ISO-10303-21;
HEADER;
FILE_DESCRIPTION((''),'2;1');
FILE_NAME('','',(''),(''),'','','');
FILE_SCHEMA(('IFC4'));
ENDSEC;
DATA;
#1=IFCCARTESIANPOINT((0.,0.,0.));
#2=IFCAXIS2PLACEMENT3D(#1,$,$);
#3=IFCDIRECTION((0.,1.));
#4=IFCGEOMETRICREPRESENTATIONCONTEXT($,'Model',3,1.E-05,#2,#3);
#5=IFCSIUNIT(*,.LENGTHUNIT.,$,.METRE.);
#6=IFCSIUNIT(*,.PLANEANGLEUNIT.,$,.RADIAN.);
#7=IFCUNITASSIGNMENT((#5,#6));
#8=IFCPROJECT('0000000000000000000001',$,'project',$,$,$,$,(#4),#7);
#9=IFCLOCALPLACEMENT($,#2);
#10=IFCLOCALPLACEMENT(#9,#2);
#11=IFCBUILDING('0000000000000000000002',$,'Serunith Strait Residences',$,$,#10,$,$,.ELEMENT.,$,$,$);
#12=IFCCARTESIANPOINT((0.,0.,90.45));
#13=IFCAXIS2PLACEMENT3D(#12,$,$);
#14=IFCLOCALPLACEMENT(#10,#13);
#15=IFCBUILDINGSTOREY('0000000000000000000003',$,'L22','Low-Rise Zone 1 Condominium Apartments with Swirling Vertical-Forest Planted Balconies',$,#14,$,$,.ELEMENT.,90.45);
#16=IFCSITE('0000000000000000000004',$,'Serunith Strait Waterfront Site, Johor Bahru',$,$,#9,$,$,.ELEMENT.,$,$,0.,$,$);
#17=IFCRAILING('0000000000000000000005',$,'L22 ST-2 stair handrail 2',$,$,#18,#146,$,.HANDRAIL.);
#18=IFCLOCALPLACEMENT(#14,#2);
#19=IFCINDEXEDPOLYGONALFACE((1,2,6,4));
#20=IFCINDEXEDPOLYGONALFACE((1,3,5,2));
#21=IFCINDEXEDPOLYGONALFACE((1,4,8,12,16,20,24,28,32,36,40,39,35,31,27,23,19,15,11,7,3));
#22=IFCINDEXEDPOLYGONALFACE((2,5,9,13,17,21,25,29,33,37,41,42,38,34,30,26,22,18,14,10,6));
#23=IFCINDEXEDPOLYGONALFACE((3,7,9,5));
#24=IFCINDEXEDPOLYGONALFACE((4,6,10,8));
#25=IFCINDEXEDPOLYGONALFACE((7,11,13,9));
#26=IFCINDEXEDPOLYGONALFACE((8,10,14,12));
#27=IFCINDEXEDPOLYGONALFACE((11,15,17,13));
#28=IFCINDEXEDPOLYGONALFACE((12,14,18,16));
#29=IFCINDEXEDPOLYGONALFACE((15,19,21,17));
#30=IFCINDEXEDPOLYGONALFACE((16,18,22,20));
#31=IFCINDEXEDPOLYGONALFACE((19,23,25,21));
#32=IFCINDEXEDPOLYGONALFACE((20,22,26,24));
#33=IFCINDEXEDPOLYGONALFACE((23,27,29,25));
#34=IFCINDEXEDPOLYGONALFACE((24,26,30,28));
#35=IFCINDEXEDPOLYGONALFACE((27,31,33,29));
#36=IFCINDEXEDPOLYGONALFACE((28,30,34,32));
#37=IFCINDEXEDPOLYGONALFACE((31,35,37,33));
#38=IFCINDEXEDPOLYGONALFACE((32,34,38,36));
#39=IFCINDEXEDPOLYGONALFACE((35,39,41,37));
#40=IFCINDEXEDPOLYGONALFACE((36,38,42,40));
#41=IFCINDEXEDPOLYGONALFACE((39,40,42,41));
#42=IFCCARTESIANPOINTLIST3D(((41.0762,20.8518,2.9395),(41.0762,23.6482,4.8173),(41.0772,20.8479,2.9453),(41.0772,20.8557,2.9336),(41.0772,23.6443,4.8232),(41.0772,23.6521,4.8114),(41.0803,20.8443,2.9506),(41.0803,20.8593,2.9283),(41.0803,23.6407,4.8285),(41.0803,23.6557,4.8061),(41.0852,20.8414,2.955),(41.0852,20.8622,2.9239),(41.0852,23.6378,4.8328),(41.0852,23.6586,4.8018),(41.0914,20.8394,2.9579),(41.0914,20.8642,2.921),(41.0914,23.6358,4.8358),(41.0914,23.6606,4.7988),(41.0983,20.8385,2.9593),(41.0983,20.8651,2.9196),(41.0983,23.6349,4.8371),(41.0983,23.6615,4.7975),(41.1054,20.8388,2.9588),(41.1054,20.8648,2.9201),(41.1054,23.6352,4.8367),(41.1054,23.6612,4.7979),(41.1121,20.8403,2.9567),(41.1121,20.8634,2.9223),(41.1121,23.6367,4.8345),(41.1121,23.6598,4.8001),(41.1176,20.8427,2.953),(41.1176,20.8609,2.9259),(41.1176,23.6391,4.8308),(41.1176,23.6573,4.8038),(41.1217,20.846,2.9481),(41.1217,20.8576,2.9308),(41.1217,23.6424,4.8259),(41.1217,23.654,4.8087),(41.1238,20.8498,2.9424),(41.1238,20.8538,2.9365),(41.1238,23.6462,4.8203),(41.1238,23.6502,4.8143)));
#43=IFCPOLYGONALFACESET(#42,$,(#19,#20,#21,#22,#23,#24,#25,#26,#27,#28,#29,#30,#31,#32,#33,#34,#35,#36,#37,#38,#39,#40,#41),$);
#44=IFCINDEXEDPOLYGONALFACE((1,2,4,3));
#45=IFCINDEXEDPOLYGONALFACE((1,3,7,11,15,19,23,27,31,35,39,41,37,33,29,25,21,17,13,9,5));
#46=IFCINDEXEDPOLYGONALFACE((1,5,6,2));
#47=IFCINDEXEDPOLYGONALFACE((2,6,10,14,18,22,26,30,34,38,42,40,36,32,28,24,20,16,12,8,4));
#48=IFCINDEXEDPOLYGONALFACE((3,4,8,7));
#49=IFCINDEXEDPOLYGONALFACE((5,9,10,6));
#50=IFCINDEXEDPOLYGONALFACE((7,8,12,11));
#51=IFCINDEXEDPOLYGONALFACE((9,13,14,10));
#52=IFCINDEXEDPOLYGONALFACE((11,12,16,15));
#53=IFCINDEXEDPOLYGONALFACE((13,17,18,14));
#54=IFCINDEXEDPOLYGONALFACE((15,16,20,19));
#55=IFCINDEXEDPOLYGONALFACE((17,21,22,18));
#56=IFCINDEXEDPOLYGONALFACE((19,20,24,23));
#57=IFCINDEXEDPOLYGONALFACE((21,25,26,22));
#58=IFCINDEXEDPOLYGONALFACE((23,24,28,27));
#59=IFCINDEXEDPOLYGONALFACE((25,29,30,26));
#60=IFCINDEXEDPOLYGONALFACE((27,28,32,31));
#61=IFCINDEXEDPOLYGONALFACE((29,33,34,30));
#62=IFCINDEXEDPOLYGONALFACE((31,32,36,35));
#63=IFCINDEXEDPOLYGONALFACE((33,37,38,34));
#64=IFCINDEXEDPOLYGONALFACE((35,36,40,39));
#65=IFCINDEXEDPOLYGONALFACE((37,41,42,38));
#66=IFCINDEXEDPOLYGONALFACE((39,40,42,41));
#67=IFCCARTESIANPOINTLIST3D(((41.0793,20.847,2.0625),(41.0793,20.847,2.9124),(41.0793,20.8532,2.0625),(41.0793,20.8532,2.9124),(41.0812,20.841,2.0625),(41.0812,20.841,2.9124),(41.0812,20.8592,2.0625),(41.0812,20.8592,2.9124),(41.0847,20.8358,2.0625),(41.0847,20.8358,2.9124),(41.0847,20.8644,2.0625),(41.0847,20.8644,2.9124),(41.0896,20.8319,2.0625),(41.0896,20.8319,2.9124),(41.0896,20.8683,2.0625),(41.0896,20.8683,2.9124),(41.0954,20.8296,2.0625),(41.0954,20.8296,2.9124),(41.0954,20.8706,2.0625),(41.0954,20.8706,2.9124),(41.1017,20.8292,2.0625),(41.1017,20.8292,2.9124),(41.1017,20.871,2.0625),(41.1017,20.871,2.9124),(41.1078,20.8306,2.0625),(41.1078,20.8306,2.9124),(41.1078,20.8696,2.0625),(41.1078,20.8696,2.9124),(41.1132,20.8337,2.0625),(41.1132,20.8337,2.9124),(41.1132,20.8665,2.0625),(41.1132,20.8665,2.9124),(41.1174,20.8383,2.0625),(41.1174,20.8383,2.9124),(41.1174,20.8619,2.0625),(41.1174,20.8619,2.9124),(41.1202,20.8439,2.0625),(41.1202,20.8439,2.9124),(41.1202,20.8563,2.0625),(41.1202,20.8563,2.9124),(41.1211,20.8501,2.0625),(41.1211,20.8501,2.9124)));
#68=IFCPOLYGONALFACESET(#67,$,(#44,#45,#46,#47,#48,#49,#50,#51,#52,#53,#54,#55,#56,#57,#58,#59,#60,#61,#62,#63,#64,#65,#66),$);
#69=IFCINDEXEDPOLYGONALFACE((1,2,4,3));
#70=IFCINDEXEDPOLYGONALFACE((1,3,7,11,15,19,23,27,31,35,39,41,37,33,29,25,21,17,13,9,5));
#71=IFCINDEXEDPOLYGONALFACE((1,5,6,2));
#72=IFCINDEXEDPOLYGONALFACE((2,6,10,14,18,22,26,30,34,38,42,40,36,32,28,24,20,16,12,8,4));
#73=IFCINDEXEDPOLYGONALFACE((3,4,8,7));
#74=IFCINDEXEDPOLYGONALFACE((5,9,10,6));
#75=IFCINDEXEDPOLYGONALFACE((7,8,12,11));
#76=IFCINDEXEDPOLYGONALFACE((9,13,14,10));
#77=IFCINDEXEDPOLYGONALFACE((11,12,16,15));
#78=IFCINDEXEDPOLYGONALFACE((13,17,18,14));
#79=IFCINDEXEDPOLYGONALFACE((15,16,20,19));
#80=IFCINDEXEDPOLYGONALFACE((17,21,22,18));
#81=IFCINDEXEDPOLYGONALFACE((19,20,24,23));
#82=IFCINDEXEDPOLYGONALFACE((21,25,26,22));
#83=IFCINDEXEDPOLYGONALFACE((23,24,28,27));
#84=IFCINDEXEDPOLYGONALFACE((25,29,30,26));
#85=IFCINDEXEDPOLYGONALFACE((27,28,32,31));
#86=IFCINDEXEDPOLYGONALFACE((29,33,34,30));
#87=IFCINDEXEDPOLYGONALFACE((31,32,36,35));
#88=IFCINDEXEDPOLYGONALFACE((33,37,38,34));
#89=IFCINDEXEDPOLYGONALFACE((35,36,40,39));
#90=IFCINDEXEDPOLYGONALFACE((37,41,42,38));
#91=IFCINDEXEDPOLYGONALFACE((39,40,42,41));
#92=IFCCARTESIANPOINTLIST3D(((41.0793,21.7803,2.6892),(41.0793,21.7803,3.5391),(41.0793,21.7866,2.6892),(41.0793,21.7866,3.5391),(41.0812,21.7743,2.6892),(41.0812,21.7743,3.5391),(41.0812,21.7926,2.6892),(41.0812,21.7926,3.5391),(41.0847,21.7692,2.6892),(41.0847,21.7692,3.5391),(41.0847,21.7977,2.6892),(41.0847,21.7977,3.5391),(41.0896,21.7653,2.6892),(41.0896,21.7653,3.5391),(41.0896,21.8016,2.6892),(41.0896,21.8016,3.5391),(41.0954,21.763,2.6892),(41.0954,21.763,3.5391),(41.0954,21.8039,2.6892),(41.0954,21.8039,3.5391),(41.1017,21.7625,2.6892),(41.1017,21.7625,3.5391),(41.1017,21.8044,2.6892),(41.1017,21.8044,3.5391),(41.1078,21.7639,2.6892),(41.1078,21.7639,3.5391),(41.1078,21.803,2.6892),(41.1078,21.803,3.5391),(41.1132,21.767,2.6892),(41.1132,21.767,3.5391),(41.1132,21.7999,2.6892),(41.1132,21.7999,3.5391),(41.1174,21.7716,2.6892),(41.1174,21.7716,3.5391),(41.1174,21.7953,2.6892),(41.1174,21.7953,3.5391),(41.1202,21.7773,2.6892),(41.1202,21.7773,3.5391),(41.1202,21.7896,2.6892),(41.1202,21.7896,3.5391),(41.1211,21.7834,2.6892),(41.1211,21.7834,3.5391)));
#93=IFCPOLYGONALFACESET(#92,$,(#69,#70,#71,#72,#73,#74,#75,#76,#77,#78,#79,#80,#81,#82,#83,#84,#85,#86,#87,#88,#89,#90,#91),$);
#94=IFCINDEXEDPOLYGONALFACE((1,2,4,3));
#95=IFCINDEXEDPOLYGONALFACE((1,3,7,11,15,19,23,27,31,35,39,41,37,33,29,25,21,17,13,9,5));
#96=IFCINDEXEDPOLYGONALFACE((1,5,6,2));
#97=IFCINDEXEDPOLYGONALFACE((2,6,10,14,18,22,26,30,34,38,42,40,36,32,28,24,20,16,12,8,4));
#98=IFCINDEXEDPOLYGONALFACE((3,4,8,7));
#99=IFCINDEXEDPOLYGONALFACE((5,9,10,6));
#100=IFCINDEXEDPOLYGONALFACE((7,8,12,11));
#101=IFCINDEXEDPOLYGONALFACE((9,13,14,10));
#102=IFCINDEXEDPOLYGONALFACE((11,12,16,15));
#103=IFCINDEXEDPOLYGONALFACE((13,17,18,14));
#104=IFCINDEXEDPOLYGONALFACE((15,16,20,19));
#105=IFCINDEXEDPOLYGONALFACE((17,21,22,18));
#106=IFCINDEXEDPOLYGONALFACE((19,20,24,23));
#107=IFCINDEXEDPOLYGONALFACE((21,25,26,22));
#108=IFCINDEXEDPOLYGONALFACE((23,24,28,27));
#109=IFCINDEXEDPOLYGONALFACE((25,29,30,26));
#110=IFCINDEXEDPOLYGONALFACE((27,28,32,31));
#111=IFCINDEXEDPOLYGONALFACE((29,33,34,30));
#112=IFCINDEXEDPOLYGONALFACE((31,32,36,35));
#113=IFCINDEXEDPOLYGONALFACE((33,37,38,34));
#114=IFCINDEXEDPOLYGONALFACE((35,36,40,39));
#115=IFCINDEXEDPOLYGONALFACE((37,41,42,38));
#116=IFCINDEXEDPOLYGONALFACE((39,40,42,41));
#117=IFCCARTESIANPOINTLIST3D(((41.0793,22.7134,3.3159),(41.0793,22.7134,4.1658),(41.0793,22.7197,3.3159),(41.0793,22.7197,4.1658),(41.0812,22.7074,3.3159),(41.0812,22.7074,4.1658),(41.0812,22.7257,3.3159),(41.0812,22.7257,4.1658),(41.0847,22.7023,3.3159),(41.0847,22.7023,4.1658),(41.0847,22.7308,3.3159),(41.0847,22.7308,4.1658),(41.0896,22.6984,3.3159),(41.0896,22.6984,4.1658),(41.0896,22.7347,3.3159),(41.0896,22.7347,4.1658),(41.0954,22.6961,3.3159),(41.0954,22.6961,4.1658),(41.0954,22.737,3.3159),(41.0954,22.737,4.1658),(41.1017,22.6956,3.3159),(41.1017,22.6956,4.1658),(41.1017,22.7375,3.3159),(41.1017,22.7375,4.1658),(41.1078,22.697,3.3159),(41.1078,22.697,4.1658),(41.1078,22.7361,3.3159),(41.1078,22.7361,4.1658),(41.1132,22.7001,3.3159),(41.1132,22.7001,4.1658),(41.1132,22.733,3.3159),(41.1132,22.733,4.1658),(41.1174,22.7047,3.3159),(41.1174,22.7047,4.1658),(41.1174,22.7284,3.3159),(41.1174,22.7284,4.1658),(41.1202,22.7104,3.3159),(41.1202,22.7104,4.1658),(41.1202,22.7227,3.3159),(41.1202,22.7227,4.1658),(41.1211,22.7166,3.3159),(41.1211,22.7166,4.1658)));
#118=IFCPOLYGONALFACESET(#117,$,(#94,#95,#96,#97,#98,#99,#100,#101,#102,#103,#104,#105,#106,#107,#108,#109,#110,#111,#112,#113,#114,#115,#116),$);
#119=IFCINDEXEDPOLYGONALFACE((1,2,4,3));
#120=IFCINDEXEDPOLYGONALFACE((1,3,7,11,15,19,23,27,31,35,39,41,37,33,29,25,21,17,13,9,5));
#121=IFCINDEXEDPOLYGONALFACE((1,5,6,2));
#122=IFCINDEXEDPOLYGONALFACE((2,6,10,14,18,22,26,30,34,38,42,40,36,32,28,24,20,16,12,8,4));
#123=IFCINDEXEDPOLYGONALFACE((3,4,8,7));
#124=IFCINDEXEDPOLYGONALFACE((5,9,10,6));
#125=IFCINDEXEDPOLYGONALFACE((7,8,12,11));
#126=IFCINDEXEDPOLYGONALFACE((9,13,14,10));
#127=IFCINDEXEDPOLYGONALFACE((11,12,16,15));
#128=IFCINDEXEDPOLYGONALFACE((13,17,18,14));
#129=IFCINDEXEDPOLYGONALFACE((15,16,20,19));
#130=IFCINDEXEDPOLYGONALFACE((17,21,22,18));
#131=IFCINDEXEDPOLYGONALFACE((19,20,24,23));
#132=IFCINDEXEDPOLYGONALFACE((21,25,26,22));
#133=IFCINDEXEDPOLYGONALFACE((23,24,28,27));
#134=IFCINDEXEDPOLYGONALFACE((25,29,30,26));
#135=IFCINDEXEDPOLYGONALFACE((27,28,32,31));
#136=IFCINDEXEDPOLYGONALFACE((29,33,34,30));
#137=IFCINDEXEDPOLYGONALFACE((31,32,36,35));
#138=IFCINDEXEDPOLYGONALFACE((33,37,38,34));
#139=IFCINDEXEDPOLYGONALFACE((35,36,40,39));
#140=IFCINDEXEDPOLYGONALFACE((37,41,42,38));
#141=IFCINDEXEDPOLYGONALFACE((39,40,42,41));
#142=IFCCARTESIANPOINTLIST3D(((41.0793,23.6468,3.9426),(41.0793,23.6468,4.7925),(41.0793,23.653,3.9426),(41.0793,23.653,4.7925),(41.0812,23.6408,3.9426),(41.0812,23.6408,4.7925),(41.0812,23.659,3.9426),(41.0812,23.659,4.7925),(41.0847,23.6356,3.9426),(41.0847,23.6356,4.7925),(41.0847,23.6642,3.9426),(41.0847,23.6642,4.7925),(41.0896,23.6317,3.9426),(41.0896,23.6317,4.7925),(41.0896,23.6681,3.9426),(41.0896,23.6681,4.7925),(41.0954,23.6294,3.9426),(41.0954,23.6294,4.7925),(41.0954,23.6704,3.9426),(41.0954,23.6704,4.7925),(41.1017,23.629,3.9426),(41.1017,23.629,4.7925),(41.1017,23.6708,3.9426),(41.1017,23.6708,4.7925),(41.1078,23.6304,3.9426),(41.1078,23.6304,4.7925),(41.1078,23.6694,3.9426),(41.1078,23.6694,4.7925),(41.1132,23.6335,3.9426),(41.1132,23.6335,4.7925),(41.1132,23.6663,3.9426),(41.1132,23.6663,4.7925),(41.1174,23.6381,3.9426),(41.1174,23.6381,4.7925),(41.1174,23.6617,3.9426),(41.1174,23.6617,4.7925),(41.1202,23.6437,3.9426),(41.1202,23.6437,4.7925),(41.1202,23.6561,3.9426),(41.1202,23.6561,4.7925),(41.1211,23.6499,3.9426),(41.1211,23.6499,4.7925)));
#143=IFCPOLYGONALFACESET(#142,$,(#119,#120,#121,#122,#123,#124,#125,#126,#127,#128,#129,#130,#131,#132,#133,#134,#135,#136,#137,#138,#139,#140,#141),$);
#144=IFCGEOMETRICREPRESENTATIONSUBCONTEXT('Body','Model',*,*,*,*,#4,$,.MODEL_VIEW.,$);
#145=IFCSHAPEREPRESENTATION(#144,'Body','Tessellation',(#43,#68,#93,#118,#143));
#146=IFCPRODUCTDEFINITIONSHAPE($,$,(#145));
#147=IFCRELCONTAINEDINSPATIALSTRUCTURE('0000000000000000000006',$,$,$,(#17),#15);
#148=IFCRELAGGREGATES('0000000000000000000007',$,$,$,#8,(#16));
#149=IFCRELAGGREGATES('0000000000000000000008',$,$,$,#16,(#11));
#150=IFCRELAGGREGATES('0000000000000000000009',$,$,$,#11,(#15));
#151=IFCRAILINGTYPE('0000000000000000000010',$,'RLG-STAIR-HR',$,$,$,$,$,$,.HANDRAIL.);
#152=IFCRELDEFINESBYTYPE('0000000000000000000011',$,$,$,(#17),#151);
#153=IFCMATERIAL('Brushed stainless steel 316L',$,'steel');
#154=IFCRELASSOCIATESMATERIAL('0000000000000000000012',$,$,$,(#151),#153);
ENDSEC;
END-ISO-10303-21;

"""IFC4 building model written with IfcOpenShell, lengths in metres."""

from ifc_helpers import new_model, si_unit, direction, frame, origin, origin_2d, place, context, subcontext, project, spatial, circle, extrude, material, type_object, element, save


model = new_model("IFC4")

# Units and contexts
model_context = context("Model", 3, precision=1e-05, world=origin(), true_north=direction((0.0, 1.0)))
body_context = subcontext(model_context, "Body", "Model", "MODEL_VIEW")
ifc_project = project(units=[si_unit("LENGTHUNIT", "METRE"), si_unit("PLANEANGLEUNIT", "RADIAN")], contexts=[model_context])

# Site, building, storey
site_placement = place(None, origin())
site = spatial("IfcSite", under=ifc_project, at=site_placement, Name="Serunith Strait Waterfront Site, Johor Bahru", CompositionType="ELEMENT", RefElevation=0.0)
building_placement = place(site_placement, origin())
building = spatial("IfcBuilding", under=site, at=building_placement, Name="Serunith Strait Residences", CompositionType="ELEMENT")
storey_placement = place(building_placement, frame((0.0, 0.0, 90.45)))
storey = spatial("IfcBuildingStorey", under=building, at=storey_placement, Name="L22", Description="Low-Rise Zone 1 Condominium Apartments with Swirling Vertical-Forest Planted Balconies", CompositionType="ELEMENT", Elevation=90.45)

# Railing
ifc_material_1 = material(Name="Brushed stainless steel 316L", Category="steel")
railing_type_1 = type_object("IfcRailingType", Name="RLG-STAIR-HR", PredefinedType="HANDRAIL", material=ifc_material_1)
railing_1_placement = place(storey_placement, frame((41.1001, 20.8501, 2.0625)))
element("IfcRailing", 1, at=railing_1_placement, inside=storey, type_object=railing_type_1, Name="L22 ST-2 stair handrail 2", PredefinedType="HANDRAIL", context=body_context, shape_type="SweptSolid", body=[
    extrude(circle(Radius=0.0239, at=origin_2d()), frame((0.0, 0.0017, 0.877), z_axis=(0.0, 0.830186, 0.557487), x_axis=(-1.0, 0.0, 0.0)), (0.0, 0.0, 1.0), 3.3684),
    extrude(circle(Radius=0.021, at=origin_2d()), origin(), (0.0, 0.0, 1.0), 0.8499),
    extrude(circle(Radius=0.021, at=origin_2d()), frame((0.0, 0.9333, 0.6267)), (0.0, 0.0, 1.0), 0.8499),
    extrude(circle(Radius=0.021, at=origin_2d()), frame((0.0, 1.8665, 1.2534)), (0.0, 0.0, 1.0), 0.8499),
    extrude(circle(Radius=0.021, at=origin_2d()), frame((0.0, 2.7998, 1.8801)), (0.0, 0.0, 1.0), 0.8499),
])

save(model, "model.ifc")
